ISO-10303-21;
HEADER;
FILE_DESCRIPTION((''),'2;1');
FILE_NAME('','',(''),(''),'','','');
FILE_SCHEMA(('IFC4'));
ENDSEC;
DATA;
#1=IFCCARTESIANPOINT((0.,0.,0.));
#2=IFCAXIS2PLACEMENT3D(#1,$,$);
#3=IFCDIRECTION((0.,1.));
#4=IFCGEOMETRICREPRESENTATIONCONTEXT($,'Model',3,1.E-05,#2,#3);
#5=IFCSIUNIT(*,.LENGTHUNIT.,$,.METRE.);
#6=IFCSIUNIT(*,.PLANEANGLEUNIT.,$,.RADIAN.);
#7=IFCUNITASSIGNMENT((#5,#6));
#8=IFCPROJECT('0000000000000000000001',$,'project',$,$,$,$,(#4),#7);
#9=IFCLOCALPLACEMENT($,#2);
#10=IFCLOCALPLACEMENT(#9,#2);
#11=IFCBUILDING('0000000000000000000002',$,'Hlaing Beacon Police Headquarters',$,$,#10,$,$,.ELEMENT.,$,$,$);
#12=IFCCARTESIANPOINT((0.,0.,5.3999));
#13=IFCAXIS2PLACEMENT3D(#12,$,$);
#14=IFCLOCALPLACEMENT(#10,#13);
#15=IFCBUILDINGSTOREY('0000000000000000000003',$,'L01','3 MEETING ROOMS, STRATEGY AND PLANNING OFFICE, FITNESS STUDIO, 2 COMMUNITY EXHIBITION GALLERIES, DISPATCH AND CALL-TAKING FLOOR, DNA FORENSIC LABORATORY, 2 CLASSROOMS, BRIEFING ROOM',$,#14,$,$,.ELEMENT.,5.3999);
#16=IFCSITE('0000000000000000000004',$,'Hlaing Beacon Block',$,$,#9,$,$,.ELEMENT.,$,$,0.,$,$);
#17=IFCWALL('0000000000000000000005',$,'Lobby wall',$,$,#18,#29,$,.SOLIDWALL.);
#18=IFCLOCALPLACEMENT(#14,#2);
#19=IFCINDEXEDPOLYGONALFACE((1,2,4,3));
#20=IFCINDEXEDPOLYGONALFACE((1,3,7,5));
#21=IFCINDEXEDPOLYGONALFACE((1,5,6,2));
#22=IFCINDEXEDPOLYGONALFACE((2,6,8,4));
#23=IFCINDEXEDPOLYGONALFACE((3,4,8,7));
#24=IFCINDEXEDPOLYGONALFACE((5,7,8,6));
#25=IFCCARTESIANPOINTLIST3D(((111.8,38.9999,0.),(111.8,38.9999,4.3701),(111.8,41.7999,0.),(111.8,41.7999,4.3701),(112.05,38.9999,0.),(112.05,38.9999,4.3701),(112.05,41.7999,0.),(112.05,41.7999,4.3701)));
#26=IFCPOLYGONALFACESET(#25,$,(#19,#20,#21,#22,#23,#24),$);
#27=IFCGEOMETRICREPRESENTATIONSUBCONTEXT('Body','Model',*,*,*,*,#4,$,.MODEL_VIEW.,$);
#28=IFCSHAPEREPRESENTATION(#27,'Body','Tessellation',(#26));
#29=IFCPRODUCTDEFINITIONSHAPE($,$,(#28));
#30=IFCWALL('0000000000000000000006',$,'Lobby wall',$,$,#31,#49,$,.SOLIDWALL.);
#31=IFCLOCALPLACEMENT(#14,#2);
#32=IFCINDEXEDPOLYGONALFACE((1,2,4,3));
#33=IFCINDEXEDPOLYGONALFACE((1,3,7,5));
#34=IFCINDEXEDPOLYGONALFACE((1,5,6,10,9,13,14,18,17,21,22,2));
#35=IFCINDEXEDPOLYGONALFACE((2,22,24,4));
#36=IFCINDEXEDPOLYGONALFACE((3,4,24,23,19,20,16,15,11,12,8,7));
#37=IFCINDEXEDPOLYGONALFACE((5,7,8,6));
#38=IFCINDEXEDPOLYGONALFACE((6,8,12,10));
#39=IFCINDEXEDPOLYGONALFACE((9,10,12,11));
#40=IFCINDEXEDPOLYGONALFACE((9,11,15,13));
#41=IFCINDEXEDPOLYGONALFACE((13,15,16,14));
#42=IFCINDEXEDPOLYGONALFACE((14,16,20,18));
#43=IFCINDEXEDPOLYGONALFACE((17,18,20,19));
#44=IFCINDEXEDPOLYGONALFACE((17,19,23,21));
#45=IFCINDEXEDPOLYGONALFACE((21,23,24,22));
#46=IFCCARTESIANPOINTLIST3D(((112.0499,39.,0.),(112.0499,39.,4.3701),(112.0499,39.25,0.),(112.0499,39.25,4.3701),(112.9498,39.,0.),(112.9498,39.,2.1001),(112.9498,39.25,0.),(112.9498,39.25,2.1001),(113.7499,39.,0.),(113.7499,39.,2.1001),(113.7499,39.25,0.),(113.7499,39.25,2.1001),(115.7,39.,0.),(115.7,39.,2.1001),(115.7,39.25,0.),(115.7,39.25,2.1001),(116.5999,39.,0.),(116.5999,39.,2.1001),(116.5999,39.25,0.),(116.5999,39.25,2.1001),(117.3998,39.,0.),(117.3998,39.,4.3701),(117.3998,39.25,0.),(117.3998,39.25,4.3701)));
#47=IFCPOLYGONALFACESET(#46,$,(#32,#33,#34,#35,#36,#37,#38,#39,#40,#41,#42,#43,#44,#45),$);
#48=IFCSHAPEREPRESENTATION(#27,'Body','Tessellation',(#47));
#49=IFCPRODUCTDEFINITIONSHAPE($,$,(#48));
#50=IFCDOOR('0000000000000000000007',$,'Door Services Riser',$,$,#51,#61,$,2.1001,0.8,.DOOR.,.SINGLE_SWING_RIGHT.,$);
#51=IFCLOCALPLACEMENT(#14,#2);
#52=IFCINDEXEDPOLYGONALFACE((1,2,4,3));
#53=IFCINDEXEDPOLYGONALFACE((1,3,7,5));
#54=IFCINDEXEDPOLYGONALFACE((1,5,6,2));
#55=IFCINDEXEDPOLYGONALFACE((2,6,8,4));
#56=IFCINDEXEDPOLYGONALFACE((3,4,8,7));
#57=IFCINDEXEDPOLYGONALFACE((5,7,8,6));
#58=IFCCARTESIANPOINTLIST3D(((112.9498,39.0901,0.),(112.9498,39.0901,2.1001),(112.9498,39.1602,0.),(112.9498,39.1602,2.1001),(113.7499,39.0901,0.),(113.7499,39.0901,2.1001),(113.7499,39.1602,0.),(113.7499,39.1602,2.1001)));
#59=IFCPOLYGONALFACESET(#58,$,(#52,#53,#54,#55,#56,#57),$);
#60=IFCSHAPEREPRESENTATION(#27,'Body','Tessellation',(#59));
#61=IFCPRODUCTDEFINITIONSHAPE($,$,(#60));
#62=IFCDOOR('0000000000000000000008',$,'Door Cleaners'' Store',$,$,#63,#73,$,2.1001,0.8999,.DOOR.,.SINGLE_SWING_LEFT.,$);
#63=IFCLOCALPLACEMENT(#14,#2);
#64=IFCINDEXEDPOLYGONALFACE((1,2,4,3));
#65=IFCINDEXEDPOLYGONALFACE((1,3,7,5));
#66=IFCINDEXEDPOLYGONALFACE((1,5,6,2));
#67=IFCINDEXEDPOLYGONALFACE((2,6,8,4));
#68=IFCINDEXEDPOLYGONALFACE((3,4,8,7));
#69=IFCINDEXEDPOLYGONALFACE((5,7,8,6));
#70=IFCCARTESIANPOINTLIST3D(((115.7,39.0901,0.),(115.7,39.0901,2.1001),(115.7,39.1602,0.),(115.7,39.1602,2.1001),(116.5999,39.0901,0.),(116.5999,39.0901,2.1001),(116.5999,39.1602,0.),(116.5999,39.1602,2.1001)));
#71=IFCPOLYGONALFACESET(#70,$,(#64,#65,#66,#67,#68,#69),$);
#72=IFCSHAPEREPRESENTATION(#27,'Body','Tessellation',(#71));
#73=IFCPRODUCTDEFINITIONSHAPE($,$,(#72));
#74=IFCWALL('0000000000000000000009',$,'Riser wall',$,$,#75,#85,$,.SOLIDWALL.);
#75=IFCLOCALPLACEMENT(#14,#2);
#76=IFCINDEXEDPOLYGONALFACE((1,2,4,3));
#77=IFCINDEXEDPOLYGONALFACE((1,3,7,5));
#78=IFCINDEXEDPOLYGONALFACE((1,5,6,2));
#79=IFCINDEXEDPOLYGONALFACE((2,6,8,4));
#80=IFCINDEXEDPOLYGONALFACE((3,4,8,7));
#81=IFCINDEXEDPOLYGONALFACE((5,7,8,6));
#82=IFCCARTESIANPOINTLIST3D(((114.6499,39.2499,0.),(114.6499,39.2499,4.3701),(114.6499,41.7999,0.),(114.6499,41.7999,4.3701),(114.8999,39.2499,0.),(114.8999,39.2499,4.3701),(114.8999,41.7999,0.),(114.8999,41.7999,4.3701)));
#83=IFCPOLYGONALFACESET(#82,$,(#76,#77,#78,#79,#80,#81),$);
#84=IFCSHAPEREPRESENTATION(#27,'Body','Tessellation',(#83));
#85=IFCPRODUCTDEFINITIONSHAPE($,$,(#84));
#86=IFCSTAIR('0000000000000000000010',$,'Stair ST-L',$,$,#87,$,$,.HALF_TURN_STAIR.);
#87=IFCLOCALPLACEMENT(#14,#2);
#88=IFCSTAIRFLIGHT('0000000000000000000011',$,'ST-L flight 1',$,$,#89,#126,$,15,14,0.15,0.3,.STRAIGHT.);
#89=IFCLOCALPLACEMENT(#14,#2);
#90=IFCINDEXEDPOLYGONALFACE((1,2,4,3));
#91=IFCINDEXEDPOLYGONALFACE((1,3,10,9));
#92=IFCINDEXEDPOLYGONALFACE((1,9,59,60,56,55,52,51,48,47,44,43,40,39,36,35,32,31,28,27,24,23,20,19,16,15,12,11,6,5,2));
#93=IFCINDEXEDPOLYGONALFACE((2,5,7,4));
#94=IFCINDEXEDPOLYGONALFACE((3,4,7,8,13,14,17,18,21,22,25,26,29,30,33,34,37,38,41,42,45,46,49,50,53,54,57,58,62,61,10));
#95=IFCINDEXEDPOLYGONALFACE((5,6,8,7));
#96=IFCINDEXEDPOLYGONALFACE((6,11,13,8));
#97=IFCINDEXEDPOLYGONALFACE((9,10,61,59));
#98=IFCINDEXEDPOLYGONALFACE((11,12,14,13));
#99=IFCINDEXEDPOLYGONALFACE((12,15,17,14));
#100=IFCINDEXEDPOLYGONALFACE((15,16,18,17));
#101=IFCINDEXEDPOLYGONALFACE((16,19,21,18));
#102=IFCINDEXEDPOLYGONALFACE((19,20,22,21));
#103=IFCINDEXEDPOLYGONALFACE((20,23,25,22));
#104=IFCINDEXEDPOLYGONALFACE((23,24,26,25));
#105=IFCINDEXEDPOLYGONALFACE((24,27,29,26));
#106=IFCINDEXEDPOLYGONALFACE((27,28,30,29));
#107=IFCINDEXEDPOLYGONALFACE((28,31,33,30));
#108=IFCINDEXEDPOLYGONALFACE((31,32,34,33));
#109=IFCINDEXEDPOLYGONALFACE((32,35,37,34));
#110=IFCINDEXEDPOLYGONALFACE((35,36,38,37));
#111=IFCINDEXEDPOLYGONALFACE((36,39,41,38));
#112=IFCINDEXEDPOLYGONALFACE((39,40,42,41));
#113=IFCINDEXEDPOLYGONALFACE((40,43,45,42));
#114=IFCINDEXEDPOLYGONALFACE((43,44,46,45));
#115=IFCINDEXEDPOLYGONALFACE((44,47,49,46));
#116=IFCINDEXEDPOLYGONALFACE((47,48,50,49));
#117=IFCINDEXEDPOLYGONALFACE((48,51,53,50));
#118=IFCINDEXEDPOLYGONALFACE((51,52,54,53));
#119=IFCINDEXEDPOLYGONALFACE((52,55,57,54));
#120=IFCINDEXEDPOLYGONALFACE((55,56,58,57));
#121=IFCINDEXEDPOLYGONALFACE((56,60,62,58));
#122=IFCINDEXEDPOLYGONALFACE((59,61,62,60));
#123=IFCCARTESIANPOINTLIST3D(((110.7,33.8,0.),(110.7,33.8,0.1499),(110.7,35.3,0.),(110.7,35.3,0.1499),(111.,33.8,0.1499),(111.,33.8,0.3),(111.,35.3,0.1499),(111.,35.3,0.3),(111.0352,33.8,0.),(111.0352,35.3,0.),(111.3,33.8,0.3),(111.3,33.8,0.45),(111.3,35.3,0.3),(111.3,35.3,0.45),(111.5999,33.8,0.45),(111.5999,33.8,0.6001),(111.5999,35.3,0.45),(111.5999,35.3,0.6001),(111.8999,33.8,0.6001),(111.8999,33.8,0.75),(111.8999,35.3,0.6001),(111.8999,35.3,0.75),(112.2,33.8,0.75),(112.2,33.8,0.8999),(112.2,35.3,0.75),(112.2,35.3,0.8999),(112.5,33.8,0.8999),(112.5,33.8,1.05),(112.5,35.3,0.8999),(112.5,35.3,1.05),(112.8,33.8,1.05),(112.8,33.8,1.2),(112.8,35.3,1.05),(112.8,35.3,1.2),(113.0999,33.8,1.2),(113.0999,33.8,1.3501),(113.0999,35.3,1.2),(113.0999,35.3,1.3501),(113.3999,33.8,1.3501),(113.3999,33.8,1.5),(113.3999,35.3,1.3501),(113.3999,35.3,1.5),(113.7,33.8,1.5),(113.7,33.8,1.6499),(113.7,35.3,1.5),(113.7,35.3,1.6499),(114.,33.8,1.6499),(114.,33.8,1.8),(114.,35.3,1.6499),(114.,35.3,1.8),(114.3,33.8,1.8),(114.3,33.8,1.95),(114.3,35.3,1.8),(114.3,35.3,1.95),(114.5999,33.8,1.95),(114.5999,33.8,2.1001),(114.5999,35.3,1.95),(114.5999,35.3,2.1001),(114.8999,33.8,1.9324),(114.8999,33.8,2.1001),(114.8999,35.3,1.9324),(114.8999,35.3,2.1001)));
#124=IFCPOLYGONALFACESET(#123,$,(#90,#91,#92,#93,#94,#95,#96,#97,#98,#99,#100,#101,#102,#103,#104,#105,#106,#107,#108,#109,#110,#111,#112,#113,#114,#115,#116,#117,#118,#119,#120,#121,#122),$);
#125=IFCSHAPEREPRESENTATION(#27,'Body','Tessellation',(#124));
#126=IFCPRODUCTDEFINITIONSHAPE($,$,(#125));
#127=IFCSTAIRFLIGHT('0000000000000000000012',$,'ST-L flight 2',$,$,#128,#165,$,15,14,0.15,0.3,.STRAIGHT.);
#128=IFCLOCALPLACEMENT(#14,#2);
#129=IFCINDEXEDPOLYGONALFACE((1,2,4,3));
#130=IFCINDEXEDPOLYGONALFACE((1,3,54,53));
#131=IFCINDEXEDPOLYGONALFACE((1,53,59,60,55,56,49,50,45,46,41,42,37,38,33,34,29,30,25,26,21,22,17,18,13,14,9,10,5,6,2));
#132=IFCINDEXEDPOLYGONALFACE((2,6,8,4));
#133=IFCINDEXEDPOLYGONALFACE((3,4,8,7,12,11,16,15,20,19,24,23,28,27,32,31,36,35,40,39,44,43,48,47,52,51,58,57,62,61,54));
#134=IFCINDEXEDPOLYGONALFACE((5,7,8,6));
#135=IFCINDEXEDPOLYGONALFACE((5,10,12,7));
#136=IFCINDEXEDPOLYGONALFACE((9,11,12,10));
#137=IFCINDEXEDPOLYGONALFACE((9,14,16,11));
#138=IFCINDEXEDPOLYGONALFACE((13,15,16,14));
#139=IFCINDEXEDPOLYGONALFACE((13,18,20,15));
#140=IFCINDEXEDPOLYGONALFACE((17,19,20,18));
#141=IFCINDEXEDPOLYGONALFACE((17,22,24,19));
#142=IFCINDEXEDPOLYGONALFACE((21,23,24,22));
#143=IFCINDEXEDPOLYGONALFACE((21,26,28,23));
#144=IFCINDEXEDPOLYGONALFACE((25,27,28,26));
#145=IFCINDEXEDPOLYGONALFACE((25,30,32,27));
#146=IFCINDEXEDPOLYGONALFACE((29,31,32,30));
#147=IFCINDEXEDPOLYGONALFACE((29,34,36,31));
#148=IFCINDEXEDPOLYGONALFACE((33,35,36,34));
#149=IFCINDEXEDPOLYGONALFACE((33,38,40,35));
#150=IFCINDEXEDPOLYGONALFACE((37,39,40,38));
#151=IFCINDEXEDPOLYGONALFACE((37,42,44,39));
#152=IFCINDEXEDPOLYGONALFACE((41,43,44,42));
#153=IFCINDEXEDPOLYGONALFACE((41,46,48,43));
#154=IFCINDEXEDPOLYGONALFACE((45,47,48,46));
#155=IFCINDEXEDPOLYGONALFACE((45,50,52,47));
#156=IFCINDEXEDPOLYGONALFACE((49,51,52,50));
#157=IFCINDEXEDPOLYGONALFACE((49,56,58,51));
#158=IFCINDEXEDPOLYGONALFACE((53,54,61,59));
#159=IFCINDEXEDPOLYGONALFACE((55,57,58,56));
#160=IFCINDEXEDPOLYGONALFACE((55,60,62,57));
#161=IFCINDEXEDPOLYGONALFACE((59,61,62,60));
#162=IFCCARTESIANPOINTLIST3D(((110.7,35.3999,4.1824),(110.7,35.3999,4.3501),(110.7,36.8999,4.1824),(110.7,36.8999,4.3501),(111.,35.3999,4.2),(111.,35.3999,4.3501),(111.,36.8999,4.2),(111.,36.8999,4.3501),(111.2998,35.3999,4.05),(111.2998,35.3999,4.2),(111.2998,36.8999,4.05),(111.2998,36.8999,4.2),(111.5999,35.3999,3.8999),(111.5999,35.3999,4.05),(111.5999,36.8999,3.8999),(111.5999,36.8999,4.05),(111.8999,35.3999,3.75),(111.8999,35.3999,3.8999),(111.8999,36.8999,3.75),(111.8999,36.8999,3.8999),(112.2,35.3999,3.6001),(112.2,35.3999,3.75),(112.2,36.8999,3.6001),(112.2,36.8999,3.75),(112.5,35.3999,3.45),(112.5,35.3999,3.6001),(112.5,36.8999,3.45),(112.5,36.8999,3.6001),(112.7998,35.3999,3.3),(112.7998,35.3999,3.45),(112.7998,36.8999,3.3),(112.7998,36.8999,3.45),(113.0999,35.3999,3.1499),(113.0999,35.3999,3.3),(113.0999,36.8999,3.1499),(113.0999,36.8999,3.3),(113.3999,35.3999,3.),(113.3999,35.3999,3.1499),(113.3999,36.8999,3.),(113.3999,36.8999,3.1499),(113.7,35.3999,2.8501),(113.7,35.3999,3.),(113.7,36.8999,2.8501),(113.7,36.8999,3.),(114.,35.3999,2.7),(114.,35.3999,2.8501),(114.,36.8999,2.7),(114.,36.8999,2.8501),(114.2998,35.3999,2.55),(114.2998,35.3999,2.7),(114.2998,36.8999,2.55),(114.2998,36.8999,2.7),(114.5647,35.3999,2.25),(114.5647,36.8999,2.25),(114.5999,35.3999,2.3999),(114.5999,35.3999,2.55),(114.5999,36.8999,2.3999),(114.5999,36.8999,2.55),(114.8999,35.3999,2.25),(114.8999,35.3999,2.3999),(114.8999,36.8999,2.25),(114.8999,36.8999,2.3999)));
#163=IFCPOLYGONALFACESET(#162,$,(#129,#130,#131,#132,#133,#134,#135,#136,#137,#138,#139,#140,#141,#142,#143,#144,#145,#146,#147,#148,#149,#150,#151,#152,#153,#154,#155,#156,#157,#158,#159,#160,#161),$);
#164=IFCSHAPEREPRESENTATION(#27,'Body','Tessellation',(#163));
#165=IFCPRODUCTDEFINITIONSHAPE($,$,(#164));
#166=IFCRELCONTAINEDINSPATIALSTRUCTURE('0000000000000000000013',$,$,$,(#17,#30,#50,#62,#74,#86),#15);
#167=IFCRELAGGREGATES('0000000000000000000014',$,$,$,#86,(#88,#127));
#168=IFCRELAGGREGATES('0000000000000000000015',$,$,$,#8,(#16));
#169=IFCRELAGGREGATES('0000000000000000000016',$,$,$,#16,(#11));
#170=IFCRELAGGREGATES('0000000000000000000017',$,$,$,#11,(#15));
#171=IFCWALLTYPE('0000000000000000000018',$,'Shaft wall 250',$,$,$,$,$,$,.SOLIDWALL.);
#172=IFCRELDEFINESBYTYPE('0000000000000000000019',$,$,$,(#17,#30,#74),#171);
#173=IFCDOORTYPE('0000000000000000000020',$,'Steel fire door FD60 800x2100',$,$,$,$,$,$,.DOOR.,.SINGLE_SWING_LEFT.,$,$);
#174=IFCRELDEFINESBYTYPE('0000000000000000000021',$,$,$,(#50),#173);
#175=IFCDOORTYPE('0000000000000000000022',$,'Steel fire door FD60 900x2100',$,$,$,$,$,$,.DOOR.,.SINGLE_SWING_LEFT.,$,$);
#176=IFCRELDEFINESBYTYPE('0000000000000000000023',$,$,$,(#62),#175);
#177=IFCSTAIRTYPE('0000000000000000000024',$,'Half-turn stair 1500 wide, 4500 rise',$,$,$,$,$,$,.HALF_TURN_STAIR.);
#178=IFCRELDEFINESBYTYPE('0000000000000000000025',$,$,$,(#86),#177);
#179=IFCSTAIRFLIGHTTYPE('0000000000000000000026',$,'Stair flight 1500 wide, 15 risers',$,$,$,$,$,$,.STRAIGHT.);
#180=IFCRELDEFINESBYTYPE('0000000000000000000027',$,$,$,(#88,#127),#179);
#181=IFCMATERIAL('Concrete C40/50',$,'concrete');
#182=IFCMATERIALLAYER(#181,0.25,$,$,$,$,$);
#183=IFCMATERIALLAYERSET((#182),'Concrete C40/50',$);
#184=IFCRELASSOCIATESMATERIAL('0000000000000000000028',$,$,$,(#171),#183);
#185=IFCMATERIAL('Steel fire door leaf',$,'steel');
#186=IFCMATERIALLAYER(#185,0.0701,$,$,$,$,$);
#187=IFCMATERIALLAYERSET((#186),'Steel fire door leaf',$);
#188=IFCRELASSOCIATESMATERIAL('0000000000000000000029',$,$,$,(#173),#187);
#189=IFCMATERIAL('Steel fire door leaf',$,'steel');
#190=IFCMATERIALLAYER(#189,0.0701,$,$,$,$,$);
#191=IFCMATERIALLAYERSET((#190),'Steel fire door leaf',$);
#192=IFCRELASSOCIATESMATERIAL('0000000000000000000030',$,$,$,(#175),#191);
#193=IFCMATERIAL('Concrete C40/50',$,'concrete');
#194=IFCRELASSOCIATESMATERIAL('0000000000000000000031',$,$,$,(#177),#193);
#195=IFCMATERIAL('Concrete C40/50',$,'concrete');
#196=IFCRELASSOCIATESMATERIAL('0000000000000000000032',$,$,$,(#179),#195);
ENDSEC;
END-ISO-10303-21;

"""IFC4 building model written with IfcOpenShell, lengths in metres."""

from ifc_helpers import new_model, si_unit, direction, frame, frame_2d, origin, place, context, subcontext, project, spatial, polyline, rectangle, outline, extrude, material, layer, layer_set, type_object, element, fill, aggregate, save


model = new_model("IFC4")

# Units and contexts
model_context = context("Model", 3, precision=1e-05, world=origin(), true_north=direction((0.0, 1.0)))
body_context = subcontext(model_context, "Body", "Model", "MODEL_VIEW")
ifc_project = project(units=[si_unit("LENGTHUNIT", "METRE"), si_unit("PLANEANGLEUNIT", "RADIAN")], contexts=[model_context])

# Site, building, storey
site_placement = place(None, origin())
site = spatial("IfcSite", under=ifc_project, at=site_placement, Name="Hlaing Beacon Block", CompositionType="ELEMENT", RefElevation=0.0)
building_placement = place(site_placement, origin())
building = spatial("IfcBuilding", under=site, at=building_placement, Name="Hlaing Beacon Police Headquarters", CompositionType="ELEMENT")
storey_placement = place(building_placement, frame((0.0, 0.0, 5.3999)))
storey = spatial("IfcBuildingStorey", under=building, at=storey_placement, Name="L01", Description="3 MEETING ROOMS, STRATEGY AND PLANNING OFFICE, FITNESS STUDIO, 2 COMMUNITY EXHIBITION GALLERIES, DISPATCH AND CALL-TAKING FLOOR, DNA FORENSIC LABORATORY, 2 CLASSROOMS, BRIEFING ROOM", CompositionType="ELEMENT", Elevation=5.3999)

# Wall
ifc_material_1 = material(Name="Concrete C40/50", Category="concrete")
ifc_layer_1 = layer(ifc_material_1, 0.25)
ifc_layer_set_1 = layer_set([ifc_layer_1], Name="Concrete C40/50")
wall_type_1 = type_object("IfcWallType", Name="Shaft wall 250", PredefinedType="SOLIDWALL", material=ifc_layer_set_1)
wall_1_placement = place(storey_placement, frame((111.925, 39.0, 0.0), z_axis=(0.0, 0.0, 1.0), x_axis=(0.0, 1.0, 0.0)))
element("IfcWall", 1, at=wall_1_placement, inside=storey, type_object=wall_type_1, Name="Lobby wall", PredefinedType="SOLIDWALL", context=body_context, shape_type="SweptSolid", body=[
    extrude(rectangle(XDim=2.8, YDim=0.25, at=frame_2d((1.3999, 0.0))), origin(), (0.0, 0.0, 1.0), 4.3701),
])

# Wall, openings, doors
wall_2_placement = place(storey_placement, frame((112.05, 39.125, 0.0), z_axis=(0.0, 0.0, 1.0), x_axis=(1.0, 0.0, 0.0)))
wall_2 = element("IfcWall", 2, at=wall_2_placement, inside=storey, type_object=wall_type_1, Name="Lobby wall", PredefinedType="SOLIDWALL", context=body_context, shape_type="SweptSolid", body=[
    extrude(rectangle(XDim=5.3499, YDim=0.25, at=frame_2d((2.6748, 0.0))), origin(), (0.0, 0.0, 1.0), 4.3701),
])
opening_1_placement = place(wall_2_placement, frame((3.6499, 0.0, 0.0)))
opening_1 = element("IfcOpeningElement", 3, at=opening_1_placement, cuts=wall_2, PredefinedType="OPENING", context=body_context, shape_type="SweptSolid", body=[
    extrude(rectangle(XDim=0.8999, YDim=2.1001, at=frame_2d((0.45, 1.05))), frame((0.0, 0.135, 0.0), z_axis=(0.0, -1.0, 0.0), x_axis=(1.0, 0.0, 0.0)), (0.0, 0.0, 1.0), 0.27),
])
opening_2_placement = place(wall_2_placement, frame((0.8999, 0.0, 0.0)))
opening_2 = element("IfcOpeningElement", 4, at=opening_2_placement, cuts=wall_2, PredefinedType="OPENING", context=body_context, shape_type="SweptSolid", body=[
    extrude(rectangle(XDim=0.8, YDim=2.1001, at=frame_2d((0.3999, 1.05))), frame((0.0, 0.135, 0.0), z_axis=(0.0, -1.0, 0.0), x_axis=(1.0, 0.0, 0.0)), (0.0, 0.0, 1.0), 0.27),
])
ifc_material_2 = material(Name="Steel fire door leaf", Category="steel")
ifc_layer_2 = layer(ifc_material_2, 0.0701)
ifc_layer_set_2 = layer_set([ifc_layer_2], Name="Steel fire door leaf")
door_type_1 = type_object("IfcDoorType", Name="Steel fire door FD60 800x2100", OperationType="SINGLE_SWING_LEFT", PredefinedType="DOOR", material=ifc_layer_set_2)
door_1_placement = place(opening_2_placement, origin())
door_1 = element("IfcDoor", 5, at=door_1_placement, inside=storey, type_object=door_type_1, Name="Door Services Riser", OperationType="SINGLE_SWING_RIGHT", OverallHeight=2.1001, OverallWidth=0.8, PredefinedType="DOOR", context=body_context, shape_type="SweptSolid", body=[
    extrude(rectangle(XDim=0.8, YDim=2.1001, at=frame_2d((0.3999, 1.05))), frame((0.0, 0.0352, 0.0), z_axis=(0.0, -1.0, 0.0), x_axis=(1.0, 0.0, 0.0)), (0.0, 0.0, 1.0), 0.0701),
])
fill(opening_2, door_1)
ifc_material_3 = material(Name="Steel fire door leaf", Category="steel")
ifc_layer_3 = layer(ifc_material_3, 0.0701)
ifc_layer_set_3 = layer_set([ifc_layer_3], Name="Steel fire door leaf")
door_type_2 = type_object("IfcDoorType", Name="Steel fire door FD60 900x2100", OperationType="SINGLE_SWING_LEFT", PredefinedType="DOOR", material=ifc_layer_set_3)
door_2_placement = place(opening_1_placement, origin())
door_2 = element("IfcDoor", 6, at=door_2_placement, inside=storey, type_object=door_type_2, Name="Door Cleaners' Store", OperationType="SINGLE_SWING_LEFT", OverallHeight=2.1001, OverallWidth=0.8999, PredefinedType="DOOR", context=body_context, shape_type="SweptSolid", body=[
    extrude(rectangle(XDim=0.8999, YDim=2.1001, at=frame_2d((0.45, 1.05))), frame((0.0, 0.0352, 0.0), z_axis=(0.0, -1.0, 0.0), x_axis=(1.0, 0.0, 0.0)), (0.0, 0.0, 1.0), 0.0701),
])
fill(opening_1, door_2)

# Wall
wall_3_placement = place(storey_placement, frame((114.7749, 39.25, 0.0), z_axis=(0.0, 0.0, 1.0), x_axis=(0.0, 1.0, 0.0)))
element("IfcWall", 7, at=wall_3_placement, inside=storey, type_object=wall_type_1, Name="Riser wall", PredefinedType="SOLIDWALL", context=body_context, shape_type="SweptSolid", body=[
    extrude(rectangle(XDim=2.55, YDim=0.25, at=frame_2d((1.2749, 0.0))), origin(), (0.0, 0.0, 1.0), 4.3701),
])

# Stair, stair flights
ifc_material_4 = material(Name="Concrete C40/50", Category="concrete")
stair_type = type_object("IfcStairType", Name="Half-turn stair 1500 wide, 4500 rise", PredefinedType="HALF_TURN_STAIR", material=ifc_material_4)
stair_placement = place(storey_placement, origin())
stair = element("IfcStair", 8, at=stair_placement, inside=storey, type_object=stair_type, Name="Stair ST-L", PredefinedType="HALF_TURN_STAIR")
ifc_material_5 = material(Name="Concrete C40/50", Category="concrete")
stair_flight_type = type_object("IfcStairFlightType", Name="Stair flight 1500 wide, 15 risers", PredefinedType="STRAIGHT", material=ifc_material_5)
stair_flight_1_placement = place(storey_placement, frame((110.7, 34.55, 0.0), z_axis=(0.0, 0.0, 1.0), x_axis=(1.0, 0.0, 0.0)))
stair_flight_1 = element("IfcStairFlight", 9, at=stair_flight_1_placement, type_object=stair_flight_type, Name="ST-L flight 1", NumberOfRisers=15, NumberOfTreads=14, PredefinedType="STRAIGHT", RiserHeight=0.15, TreadLength=0.3, context=body_context, shape_type="SweptSolid", body=[
    extrude(outline(polyline([(0.0, 0.0), (0.0, 0.1499), (0.3, 0.1499), (0.3, 0.3), (0.6001, 0.3), (0.6001, 0.45), (0.8999, 0.45), (0.8999, 0.6001), (1.2, 0.6001), (1.2, 0.75), (1.5, 0.75), (1.5, 0.8999), (1.8, 0.8999), (1.8, 1.05), (2.1001, 1.05), (2.1001, 1.2), (2.3999, 1.2), (2.3999, 1.3501), (2.7, 1.3501), (2.7, 1.5), (3.0, 1.5), (3.0, 1.6499), (3.3, 1.6499), (3.3, 1.8), (3.6001, 1.8), (3.6001, 1.95), (3.8999, 1.95), (3.8999, 2.1001), (4.2, 2.1001), (4.2, 2.25), (4.2, 1.9324), (0.3352, 0.0), (0.0, 0.0)])), frame((0.0, 0.75, 0.0), z_axis=(0.0, -1.0, 0.0), x_axis=(1.0, 0.0, 0.0)), (0.0, 0.0, 1.0), 1.5),
])
stair_flight_2_placement = place(storey_placement, frame((114.8999, 36.1499, 2.25), z_axis=(0.0, 0.0, 1.0), x_axis=(-1.0, 0.0, 0.0)))
stair_flight_2 = element("IfcStairFlight", 10, at=stair_flight_2_placement, type_object=stair_flight_type, Name="ST-L flight 2", NumberOfRisers=15, NumberOfTreads=14, PredefinedType="STRAIGHT", RiserHeight=0.15, TreadLength=0.3, context=body_context, shape_type="SweptSolid", body=[
    extrude(outline(polyline([(0.0, 0.0), (0.0, 0.1499), (0.3, 0.1499), (0.3, 0.3), (0.6001, 0.3), (0.6001, 0.45), (0.8999, 0.45), (0.8999, 0.6001), (1.2, 0.6001), (1.2, 0.75), (1.5, 0.75), (1.5, 0.8999), (1.8, 0.8999), (1.8, 1.05), (2.1001, 1.05), (2.1001, 1.2), (2.3999, 1.2), (2.3999, 1.3501), (2.7, 1.3501), (2.7, 1.5), (3.0, 1.5), (3.0, 1.6499), (3.3, 1.6499), (3.3, 1.8), (3.6001, 1.8), (3.6001, 1.95), (3.8999, 1.95), (3.8999, 2.1001), (4.2, 2.1001), (4.2, 2.25), (4.2, 1.9324), (0.3352, 0.0), (0.0, 0.0)])), frame((0.0, 0.75, 0.0), z_axis=(0.0, -1.0, 0.0), x_axis=(1.0, 0.0, 0.0)), (0.0, 0.0, 1.0), 1.5),
])
aggregate(stair, [stair_flight_1, stair_flight_2])

save(model, "model.ifc")
